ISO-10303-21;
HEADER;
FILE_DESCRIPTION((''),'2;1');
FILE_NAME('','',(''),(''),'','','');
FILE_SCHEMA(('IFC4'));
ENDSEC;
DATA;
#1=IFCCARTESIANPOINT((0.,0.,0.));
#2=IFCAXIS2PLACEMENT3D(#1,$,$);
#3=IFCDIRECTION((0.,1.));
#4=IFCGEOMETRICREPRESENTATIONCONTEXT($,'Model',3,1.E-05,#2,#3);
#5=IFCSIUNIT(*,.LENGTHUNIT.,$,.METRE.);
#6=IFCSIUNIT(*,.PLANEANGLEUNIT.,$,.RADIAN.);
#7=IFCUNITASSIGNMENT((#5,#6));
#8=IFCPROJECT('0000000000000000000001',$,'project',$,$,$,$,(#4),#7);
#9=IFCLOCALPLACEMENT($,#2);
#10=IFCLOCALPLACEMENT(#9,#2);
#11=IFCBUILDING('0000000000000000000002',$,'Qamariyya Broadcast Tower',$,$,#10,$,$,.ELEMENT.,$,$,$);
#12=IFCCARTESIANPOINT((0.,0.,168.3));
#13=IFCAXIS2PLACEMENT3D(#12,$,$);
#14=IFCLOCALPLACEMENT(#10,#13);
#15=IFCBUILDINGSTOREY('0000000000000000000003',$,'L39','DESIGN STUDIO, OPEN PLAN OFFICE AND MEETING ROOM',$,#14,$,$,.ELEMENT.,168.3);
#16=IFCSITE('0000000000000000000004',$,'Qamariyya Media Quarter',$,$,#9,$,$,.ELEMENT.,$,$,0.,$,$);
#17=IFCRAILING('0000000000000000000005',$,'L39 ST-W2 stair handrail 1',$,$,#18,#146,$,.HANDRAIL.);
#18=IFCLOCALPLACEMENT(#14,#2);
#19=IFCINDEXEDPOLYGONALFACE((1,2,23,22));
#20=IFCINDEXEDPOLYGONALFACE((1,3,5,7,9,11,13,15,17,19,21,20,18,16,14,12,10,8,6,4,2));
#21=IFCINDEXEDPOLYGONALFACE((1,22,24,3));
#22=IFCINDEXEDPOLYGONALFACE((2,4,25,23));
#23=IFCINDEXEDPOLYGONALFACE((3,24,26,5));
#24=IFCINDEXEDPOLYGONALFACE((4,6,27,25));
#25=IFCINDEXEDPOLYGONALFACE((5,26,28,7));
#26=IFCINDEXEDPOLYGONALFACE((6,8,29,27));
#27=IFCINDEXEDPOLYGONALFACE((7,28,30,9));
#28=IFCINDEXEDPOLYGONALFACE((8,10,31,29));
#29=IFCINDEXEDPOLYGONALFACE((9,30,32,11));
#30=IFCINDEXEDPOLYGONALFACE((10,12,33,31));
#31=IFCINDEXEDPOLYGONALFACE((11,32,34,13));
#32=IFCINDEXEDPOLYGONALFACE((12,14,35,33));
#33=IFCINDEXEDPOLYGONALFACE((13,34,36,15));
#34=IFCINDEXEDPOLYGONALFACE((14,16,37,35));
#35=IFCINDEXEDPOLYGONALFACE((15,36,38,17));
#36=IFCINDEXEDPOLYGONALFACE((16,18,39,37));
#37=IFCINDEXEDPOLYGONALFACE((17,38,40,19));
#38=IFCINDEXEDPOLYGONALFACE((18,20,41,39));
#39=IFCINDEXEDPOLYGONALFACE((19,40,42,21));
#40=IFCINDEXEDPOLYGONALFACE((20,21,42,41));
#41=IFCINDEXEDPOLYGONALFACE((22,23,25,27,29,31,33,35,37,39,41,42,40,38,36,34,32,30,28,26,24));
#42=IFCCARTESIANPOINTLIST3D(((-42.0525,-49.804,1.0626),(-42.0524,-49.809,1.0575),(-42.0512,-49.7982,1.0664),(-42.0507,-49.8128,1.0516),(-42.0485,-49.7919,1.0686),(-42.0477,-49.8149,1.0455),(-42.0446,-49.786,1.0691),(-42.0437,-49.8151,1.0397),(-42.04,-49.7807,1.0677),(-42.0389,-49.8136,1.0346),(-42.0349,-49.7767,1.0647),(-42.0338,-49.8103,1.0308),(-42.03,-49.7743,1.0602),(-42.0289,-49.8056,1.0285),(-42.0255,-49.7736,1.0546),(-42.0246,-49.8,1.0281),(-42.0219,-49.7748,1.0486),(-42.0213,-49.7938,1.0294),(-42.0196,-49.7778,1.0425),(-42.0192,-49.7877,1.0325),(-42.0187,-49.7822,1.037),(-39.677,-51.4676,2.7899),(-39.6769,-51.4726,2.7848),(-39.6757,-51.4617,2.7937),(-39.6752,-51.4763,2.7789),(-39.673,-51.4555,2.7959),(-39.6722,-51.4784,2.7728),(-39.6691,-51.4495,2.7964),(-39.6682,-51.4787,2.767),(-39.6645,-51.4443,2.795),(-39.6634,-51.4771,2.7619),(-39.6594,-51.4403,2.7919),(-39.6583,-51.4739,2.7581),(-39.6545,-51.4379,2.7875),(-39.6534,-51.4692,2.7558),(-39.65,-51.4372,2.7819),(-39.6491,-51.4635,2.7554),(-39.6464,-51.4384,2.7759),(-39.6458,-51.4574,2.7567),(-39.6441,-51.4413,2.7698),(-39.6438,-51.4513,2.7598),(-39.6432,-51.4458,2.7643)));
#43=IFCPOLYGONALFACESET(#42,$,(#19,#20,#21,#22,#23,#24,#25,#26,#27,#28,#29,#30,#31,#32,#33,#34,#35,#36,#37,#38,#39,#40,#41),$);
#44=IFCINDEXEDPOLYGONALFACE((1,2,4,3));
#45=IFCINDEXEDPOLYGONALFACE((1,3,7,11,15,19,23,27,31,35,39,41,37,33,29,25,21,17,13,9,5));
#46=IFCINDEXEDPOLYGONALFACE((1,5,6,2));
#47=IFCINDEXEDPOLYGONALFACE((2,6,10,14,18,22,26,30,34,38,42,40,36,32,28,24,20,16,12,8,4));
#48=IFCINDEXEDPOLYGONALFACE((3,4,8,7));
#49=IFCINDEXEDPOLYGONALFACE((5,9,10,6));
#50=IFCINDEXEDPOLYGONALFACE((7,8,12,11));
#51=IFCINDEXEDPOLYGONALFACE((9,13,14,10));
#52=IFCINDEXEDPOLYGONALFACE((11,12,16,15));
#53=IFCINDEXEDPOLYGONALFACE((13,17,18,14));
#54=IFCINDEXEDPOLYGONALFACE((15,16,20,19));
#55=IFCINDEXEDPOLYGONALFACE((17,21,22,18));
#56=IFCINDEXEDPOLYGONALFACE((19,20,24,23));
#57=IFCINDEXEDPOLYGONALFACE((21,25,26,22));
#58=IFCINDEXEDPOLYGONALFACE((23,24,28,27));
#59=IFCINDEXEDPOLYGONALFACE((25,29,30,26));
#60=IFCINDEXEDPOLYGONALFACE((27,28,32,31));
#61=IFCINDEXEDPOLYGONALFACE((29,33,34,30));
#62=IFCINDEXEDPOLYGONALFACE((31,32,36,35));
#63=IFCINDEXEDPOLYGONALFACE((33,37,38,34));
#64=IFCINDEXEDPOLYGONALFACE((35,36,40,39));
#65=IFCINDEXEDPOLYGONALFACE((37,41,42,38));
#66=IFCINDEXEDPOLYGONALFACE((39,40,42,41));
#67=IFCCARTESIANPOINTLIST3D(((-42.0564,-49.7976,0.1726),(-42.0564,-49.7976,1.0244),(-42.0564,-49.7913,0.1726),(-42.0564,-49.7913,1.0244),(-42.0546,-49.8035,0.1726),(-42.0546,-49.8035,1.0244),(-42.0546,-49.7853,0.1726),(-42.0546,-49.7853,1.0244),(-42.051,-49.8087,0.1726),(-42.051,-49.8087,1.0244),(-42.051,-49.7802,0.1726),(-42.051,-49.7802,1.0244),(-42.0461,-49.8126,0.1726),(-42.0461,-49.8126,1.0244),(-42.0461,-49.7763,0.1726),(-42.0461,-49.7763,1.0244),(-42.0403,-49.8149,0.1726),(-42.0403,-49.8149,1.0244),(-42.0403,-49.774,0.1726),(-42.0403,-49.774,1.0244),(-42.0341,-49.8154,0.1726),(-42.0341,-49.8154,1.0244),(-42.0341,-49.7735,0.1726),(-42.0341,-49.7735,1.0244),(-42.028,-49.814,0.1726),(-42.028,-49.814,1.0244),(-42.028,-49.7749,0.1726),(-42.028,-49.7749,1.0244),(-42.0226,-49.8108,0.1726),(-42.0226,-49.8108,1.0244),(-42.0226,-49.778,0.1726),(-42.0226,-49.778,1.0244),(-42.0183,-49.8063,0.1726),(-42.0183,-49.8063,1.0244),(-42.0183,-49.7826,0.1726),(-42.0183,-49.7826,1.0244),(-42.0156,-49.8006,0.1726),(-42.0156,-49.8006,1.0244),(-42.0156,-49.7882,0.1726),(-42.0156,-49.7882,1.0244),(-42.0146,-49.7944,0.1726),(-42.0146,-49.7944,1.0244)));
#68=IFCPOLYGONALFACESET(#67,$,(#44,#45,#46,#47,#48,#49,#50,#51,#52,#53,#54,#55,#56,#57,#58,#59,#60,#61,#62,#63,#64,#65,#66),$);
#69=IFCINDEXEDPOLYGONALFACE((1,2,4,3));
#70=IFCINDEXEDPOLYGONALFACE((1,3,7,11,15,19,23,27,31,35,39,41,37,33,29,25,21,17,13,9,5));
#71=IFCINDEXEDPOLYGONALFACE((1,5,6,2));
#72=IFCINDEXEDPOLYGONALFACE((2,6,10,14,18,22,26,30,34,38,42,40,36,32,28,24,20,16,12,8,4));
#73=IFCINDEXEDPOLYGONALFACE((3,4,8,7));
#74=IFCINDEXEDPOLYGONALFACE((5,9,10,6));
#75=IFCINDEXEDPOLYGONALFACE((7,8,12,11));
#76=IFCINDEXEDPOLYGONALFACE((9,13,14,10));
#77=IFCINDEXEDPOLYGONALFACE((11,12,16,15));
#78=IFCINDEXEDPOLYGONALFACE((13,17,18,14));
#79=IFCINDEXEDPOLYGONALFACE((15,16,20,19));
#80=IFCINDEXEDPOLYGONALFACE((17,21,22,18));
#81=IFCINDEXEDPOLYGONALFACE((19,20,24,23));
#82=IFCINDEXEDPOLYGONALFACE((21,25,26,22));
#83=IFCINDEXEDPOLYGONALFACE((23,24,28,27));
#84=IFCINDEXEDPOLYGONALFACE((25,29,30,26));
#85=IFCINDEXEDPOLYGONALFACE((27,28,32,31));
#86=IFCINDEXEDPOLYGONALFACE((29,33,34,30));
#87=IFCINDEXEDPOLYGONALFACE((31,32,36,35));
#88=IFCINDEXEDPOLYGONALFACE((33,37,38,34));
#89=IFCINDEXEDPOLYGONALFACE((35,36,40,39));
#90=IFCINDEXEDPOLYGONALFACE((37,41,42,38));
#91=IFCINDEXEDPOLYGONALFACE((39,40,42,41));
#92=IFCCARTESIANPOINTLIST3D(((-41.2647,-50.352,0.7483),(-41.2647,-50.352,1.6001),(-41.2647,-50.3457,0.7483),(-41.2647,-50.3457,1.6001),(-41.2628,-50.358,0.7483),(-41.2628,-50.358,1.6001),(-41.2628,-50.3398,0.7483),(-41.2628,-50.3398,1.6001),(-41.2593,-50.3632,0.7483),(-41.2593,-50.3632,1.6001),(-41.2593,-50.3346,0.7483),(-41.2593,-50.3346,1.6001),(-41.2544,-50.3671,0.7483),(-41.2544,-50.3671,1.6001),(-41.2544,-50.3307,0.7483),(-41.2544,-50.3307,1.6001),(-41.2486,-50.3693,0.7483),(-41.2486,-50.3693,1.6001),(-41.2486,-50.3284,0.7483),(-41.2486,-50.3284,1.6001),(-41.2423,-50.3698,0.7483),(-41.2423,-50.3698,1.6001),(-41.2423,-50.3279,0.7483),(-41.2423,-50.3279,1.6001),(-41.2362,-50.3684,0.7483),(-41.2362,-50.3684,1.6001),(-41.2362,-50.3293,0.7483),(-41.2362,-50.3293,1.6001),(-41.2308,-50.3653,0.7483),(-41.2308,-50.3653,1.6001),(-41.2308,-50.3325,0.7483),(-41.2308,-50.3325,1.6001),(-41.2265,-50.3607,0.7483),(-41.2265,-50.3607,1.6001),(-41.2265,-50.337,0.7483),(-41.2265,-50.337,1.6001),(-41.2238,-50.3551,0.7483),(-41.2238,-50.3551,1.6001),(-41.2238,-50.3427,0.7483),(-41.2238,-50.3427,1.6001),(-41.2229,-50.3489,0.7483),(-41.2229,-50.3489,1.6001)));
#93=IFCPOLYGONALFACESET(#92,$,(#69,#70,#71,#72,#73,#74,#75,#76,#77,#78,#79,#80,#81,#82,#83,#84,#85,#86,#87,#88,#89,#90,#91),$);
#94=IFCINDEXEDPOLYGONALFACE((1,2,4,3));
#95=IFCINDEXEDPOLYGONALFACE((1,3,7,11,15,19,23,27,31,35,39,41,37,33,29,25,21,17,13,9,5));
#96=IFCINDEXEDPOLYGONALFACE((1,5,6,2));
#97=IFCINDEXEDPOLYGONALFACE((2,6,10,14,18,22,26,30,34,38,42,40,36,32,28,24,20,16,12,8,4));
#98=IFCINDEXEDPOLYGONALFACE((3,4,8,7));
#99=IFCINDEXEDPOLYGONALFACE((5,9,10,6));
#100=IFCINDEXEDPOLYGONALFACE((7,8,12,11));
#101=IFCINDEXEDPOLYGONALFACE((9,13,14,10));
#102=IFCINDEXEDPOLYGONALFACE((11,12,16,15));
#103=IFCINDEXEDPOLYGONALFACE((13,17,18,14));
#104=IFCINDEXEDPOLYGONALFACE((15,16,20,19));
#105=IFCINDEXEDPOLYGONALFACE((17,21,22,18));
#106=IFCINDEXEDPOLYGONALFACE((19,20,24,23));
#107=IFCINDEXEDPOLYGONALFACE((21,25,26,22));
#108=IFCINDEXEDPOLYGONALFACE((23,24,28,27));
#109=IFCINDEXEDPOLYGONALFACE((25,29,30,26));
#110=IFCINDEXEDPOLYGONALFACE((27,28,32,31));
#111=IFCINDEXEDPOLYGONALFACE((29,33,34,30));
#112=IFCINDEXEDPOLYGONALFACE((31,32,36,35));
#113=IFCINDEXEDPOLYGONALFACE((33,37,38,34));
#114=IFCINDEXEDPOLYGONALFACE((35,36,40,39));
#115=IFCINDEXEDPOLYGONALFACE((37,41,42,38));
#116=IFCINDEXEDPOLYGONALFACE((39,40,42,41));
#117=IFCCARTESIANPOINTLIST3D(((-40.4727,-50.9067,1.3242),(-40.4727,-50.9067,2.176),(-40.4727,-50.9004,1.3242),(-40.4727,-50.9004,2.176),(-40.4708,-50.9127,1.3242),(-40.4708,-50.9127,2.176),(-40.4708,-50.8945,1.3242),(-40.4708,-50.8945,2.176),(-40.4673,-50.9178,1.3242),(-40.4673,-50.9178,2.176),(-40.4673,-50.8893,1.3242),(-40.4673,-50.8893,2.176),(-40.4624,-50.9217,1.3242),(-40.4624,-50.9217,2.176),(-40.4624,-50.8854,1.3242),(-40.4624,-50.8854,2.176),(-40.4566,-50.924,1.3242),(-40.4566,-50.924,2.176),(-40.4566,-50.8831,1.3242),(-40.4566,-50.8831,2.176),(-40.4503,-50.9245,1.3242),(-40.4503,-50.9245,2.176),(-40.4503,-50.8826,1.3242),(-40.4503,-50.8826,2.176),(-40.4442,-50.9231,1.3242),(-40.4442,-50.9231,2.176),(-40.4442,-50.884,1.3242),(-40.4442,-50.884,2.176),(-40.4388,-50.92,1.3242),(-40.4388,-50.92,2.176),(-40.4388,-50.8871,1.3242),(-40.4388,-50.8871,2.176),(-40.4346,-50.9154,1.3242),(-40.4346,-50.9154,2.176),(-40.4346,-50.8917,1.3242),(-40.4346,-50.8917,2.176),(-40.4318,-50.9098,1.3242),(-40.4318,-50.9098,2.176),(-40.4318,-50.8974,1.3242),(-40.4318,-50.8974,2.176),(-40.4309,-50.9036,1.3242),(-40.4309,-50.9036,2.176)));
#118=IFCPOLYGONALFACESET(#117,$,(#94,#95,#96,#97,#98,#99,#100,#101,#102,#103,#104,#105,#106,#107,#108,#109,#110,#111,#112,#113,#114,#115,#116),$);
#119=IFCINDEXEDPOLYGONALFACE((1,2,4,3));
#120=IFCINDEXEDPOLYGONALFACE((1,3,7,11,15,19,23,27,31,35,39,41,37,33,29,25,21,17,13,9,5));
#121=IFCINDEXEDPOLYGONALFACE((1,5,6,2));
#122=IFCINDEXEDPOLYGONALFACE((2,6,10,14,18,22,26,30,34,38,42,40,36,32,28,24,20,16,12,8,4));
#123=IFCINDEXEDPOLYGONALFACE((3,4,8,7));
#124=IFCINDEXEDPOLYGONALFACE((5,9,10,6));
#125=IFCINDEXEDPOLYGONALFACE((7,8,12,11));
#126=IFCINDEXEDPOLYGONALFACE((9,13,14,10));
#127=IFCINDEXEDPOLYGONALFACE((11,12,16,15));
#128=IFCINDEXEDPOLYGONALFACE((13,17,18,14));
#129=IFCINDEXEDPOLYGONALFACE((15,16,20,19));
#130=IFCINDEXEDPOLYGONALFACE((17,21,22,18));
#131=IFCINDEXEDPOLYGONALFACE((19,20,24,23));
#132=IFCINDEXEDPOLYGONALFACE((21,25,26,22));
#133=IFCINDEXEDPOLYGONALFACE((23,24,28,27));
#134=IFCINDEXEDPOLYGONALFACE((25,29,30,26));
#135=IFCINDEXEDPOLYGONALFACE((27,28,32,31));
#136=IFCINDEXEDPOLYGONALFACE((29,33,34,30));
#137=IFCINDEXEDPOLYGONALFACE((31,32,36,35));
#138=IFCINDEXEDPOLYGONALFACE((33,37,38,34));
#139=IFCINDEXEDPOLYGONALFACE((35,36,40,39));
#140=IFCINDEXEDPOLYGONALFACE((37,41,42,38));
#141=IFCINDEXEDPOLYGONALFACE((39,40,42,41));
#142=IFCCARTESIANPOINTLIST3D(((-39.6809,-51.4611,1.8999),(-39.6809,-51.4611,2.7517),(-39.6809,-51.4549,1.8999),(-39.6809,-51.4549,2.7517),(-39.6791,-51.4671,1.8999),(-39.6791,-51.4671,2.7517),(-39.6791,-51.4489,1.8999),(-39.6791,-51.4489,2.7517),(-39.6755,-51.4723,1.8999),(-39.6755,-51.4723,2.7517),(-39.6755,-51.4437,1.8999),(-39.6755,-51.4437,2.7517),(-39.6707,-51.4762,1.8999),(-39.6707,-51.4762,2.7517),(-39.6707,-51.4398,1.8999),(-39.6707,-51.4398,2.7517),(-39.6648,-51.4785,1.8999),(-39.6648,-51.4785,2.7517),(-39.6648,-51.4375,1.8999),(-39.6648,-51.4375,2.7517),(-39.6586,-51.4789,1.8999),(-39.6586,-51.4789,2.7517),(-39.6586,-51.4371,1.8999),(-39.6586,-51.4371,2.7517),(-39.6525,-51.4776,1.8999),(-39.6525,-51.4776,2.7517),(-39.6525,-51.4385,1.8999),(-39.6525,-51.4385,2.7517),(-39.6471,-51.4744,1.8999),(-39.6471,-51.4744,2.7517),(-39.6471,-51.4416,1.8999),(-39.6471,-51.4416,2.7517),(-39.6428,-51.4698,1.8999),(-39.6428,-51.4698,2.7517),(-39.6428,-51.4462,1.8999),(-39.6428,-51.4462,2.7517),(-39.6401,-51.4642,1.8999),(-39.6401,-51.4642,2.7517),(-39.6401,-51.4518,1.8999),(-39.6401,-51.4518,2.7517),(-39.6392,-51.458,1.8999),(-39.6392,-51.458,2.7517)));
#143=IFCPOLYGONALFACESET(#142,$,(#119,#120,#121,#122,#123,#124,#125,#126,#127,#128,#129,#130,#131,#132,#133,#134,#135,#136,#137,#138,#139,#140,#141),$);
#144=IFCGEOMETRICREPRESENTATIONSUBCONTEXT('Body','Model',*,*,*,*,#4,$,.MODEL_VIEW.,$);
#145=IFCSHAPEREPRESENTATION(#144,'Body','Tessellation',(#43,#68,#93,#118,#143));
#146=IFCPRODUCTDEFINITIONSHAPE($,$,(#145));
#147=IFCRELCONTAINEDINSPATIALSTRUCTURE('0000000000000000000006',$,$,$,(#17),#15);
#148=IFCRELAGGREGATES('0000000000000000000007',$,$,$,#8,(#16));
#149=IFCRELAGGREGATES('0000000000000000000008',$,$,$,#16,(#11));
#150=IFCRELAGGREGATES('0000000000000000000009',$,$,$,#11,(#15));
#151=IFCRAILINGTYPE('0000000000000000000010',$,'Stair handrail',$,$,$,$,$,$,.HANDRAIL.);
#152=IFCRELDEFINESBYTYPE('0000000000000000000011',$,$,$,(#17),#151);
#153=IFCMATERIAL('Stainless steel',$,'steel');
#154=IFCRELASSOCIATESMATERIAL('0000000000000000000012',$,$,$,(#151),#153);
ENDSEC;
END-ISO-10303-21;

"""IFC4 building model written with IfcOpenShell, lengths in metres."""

from ifc_helpers import new_model, si_unit, direction, frame, origin, origin_2d, place, context, subcontext, project, spatial, circle, extrude, material, type_object, element, save


model = new_model("IFC4")

# Units and contexts
model_context = context("Model", 3, precision=1e-05, world=origin(), true_north=direction((0.0, 1.0)))
body_context = subcontext(model_context, "Body", "Model", "MODEL_VIEW")
ifc_project = project(units=[si_unit("LENGTHUNIT", "METRE"), si_unit("PLANEANGLEUNIT", "RADIAN")], contexts=[model_context])

# Site, building, storey
site_placement = place(None, origin())
site = spatial("IfcSite", under=ifc_project, at=site_placement, Name="Qamariyya Media Quarter", CompositionType="ELEMENT", RefElevation=0.0)
building_placement = place(site_placement, origin())
building = spatial("IfcBuilding", under=site, at=building_placement, Name="Qamariyya Broadcast Tower", CompositionType="ELEMENT")
storey_placement = place(building_placement, frame((0.0, 0.0, 168.3)))
storey = spatial("IfcBuildingStorey", under=building, at=storey_placement, Name="L39", Description="DESIGN STUDIO, OPEN PLAN OFFICE AND MEETING ROOM", CompositionType="ELEMENT", Elevation=168.3)

# Railing
ifc_material_1 = material(Name="Stainless steel", Category="steel")
railing_type_1 = type_object("IfcRailingType", Name="Stair handrail", PredefinedType="HANDRAIL", material=ifc_material_1)
railing_1_placement = place(storey_placement, frame((-42.0356, -49.7944, 0.1726)))
element("IfcRailing", 1, at=railing_1_placement, inside=storey, type_object=railing_type_1, Name="L39 ST-W2 stair handrail 1", PredefinedType="HANDRAIL", context=body_context, shape_type="SweptSolid", body=[
    extrude(circle(Radius=0.0239, at=origin_2d()), frame((0.0, 0.0, 0.876), z_axis=(0.703745, -0.492838, 0.511716), x_axis=(0.573632, 0.819113, 0.0)), (0.0, 0.0, 1.0), 3.3755),
    extrude(circle(Radius=0.021, at=origin_2d()), origin(), (0.0, 0.0, 1.0), 0.8518),
    extrude(circle(Radius=0.021, at=origin_2d()), frame((0.7917, -0.5544, 0.5757)), (0.0, 0.0, 1.0), 0.8518),
    extrude(circle(Radius=0.021, at=origin_2d()), frame((1.5837, -1.1091, 1.1516)), (0.0, 0.0, 1.0), 0.8518),
    extrude(circle(Radius=0.021, at=origin_2d()), frame((2.3755, -1.6636, 1.7273)), (0.0, 0.0, 1.0), 0.8518),
])

save(model, "model.ifc")
